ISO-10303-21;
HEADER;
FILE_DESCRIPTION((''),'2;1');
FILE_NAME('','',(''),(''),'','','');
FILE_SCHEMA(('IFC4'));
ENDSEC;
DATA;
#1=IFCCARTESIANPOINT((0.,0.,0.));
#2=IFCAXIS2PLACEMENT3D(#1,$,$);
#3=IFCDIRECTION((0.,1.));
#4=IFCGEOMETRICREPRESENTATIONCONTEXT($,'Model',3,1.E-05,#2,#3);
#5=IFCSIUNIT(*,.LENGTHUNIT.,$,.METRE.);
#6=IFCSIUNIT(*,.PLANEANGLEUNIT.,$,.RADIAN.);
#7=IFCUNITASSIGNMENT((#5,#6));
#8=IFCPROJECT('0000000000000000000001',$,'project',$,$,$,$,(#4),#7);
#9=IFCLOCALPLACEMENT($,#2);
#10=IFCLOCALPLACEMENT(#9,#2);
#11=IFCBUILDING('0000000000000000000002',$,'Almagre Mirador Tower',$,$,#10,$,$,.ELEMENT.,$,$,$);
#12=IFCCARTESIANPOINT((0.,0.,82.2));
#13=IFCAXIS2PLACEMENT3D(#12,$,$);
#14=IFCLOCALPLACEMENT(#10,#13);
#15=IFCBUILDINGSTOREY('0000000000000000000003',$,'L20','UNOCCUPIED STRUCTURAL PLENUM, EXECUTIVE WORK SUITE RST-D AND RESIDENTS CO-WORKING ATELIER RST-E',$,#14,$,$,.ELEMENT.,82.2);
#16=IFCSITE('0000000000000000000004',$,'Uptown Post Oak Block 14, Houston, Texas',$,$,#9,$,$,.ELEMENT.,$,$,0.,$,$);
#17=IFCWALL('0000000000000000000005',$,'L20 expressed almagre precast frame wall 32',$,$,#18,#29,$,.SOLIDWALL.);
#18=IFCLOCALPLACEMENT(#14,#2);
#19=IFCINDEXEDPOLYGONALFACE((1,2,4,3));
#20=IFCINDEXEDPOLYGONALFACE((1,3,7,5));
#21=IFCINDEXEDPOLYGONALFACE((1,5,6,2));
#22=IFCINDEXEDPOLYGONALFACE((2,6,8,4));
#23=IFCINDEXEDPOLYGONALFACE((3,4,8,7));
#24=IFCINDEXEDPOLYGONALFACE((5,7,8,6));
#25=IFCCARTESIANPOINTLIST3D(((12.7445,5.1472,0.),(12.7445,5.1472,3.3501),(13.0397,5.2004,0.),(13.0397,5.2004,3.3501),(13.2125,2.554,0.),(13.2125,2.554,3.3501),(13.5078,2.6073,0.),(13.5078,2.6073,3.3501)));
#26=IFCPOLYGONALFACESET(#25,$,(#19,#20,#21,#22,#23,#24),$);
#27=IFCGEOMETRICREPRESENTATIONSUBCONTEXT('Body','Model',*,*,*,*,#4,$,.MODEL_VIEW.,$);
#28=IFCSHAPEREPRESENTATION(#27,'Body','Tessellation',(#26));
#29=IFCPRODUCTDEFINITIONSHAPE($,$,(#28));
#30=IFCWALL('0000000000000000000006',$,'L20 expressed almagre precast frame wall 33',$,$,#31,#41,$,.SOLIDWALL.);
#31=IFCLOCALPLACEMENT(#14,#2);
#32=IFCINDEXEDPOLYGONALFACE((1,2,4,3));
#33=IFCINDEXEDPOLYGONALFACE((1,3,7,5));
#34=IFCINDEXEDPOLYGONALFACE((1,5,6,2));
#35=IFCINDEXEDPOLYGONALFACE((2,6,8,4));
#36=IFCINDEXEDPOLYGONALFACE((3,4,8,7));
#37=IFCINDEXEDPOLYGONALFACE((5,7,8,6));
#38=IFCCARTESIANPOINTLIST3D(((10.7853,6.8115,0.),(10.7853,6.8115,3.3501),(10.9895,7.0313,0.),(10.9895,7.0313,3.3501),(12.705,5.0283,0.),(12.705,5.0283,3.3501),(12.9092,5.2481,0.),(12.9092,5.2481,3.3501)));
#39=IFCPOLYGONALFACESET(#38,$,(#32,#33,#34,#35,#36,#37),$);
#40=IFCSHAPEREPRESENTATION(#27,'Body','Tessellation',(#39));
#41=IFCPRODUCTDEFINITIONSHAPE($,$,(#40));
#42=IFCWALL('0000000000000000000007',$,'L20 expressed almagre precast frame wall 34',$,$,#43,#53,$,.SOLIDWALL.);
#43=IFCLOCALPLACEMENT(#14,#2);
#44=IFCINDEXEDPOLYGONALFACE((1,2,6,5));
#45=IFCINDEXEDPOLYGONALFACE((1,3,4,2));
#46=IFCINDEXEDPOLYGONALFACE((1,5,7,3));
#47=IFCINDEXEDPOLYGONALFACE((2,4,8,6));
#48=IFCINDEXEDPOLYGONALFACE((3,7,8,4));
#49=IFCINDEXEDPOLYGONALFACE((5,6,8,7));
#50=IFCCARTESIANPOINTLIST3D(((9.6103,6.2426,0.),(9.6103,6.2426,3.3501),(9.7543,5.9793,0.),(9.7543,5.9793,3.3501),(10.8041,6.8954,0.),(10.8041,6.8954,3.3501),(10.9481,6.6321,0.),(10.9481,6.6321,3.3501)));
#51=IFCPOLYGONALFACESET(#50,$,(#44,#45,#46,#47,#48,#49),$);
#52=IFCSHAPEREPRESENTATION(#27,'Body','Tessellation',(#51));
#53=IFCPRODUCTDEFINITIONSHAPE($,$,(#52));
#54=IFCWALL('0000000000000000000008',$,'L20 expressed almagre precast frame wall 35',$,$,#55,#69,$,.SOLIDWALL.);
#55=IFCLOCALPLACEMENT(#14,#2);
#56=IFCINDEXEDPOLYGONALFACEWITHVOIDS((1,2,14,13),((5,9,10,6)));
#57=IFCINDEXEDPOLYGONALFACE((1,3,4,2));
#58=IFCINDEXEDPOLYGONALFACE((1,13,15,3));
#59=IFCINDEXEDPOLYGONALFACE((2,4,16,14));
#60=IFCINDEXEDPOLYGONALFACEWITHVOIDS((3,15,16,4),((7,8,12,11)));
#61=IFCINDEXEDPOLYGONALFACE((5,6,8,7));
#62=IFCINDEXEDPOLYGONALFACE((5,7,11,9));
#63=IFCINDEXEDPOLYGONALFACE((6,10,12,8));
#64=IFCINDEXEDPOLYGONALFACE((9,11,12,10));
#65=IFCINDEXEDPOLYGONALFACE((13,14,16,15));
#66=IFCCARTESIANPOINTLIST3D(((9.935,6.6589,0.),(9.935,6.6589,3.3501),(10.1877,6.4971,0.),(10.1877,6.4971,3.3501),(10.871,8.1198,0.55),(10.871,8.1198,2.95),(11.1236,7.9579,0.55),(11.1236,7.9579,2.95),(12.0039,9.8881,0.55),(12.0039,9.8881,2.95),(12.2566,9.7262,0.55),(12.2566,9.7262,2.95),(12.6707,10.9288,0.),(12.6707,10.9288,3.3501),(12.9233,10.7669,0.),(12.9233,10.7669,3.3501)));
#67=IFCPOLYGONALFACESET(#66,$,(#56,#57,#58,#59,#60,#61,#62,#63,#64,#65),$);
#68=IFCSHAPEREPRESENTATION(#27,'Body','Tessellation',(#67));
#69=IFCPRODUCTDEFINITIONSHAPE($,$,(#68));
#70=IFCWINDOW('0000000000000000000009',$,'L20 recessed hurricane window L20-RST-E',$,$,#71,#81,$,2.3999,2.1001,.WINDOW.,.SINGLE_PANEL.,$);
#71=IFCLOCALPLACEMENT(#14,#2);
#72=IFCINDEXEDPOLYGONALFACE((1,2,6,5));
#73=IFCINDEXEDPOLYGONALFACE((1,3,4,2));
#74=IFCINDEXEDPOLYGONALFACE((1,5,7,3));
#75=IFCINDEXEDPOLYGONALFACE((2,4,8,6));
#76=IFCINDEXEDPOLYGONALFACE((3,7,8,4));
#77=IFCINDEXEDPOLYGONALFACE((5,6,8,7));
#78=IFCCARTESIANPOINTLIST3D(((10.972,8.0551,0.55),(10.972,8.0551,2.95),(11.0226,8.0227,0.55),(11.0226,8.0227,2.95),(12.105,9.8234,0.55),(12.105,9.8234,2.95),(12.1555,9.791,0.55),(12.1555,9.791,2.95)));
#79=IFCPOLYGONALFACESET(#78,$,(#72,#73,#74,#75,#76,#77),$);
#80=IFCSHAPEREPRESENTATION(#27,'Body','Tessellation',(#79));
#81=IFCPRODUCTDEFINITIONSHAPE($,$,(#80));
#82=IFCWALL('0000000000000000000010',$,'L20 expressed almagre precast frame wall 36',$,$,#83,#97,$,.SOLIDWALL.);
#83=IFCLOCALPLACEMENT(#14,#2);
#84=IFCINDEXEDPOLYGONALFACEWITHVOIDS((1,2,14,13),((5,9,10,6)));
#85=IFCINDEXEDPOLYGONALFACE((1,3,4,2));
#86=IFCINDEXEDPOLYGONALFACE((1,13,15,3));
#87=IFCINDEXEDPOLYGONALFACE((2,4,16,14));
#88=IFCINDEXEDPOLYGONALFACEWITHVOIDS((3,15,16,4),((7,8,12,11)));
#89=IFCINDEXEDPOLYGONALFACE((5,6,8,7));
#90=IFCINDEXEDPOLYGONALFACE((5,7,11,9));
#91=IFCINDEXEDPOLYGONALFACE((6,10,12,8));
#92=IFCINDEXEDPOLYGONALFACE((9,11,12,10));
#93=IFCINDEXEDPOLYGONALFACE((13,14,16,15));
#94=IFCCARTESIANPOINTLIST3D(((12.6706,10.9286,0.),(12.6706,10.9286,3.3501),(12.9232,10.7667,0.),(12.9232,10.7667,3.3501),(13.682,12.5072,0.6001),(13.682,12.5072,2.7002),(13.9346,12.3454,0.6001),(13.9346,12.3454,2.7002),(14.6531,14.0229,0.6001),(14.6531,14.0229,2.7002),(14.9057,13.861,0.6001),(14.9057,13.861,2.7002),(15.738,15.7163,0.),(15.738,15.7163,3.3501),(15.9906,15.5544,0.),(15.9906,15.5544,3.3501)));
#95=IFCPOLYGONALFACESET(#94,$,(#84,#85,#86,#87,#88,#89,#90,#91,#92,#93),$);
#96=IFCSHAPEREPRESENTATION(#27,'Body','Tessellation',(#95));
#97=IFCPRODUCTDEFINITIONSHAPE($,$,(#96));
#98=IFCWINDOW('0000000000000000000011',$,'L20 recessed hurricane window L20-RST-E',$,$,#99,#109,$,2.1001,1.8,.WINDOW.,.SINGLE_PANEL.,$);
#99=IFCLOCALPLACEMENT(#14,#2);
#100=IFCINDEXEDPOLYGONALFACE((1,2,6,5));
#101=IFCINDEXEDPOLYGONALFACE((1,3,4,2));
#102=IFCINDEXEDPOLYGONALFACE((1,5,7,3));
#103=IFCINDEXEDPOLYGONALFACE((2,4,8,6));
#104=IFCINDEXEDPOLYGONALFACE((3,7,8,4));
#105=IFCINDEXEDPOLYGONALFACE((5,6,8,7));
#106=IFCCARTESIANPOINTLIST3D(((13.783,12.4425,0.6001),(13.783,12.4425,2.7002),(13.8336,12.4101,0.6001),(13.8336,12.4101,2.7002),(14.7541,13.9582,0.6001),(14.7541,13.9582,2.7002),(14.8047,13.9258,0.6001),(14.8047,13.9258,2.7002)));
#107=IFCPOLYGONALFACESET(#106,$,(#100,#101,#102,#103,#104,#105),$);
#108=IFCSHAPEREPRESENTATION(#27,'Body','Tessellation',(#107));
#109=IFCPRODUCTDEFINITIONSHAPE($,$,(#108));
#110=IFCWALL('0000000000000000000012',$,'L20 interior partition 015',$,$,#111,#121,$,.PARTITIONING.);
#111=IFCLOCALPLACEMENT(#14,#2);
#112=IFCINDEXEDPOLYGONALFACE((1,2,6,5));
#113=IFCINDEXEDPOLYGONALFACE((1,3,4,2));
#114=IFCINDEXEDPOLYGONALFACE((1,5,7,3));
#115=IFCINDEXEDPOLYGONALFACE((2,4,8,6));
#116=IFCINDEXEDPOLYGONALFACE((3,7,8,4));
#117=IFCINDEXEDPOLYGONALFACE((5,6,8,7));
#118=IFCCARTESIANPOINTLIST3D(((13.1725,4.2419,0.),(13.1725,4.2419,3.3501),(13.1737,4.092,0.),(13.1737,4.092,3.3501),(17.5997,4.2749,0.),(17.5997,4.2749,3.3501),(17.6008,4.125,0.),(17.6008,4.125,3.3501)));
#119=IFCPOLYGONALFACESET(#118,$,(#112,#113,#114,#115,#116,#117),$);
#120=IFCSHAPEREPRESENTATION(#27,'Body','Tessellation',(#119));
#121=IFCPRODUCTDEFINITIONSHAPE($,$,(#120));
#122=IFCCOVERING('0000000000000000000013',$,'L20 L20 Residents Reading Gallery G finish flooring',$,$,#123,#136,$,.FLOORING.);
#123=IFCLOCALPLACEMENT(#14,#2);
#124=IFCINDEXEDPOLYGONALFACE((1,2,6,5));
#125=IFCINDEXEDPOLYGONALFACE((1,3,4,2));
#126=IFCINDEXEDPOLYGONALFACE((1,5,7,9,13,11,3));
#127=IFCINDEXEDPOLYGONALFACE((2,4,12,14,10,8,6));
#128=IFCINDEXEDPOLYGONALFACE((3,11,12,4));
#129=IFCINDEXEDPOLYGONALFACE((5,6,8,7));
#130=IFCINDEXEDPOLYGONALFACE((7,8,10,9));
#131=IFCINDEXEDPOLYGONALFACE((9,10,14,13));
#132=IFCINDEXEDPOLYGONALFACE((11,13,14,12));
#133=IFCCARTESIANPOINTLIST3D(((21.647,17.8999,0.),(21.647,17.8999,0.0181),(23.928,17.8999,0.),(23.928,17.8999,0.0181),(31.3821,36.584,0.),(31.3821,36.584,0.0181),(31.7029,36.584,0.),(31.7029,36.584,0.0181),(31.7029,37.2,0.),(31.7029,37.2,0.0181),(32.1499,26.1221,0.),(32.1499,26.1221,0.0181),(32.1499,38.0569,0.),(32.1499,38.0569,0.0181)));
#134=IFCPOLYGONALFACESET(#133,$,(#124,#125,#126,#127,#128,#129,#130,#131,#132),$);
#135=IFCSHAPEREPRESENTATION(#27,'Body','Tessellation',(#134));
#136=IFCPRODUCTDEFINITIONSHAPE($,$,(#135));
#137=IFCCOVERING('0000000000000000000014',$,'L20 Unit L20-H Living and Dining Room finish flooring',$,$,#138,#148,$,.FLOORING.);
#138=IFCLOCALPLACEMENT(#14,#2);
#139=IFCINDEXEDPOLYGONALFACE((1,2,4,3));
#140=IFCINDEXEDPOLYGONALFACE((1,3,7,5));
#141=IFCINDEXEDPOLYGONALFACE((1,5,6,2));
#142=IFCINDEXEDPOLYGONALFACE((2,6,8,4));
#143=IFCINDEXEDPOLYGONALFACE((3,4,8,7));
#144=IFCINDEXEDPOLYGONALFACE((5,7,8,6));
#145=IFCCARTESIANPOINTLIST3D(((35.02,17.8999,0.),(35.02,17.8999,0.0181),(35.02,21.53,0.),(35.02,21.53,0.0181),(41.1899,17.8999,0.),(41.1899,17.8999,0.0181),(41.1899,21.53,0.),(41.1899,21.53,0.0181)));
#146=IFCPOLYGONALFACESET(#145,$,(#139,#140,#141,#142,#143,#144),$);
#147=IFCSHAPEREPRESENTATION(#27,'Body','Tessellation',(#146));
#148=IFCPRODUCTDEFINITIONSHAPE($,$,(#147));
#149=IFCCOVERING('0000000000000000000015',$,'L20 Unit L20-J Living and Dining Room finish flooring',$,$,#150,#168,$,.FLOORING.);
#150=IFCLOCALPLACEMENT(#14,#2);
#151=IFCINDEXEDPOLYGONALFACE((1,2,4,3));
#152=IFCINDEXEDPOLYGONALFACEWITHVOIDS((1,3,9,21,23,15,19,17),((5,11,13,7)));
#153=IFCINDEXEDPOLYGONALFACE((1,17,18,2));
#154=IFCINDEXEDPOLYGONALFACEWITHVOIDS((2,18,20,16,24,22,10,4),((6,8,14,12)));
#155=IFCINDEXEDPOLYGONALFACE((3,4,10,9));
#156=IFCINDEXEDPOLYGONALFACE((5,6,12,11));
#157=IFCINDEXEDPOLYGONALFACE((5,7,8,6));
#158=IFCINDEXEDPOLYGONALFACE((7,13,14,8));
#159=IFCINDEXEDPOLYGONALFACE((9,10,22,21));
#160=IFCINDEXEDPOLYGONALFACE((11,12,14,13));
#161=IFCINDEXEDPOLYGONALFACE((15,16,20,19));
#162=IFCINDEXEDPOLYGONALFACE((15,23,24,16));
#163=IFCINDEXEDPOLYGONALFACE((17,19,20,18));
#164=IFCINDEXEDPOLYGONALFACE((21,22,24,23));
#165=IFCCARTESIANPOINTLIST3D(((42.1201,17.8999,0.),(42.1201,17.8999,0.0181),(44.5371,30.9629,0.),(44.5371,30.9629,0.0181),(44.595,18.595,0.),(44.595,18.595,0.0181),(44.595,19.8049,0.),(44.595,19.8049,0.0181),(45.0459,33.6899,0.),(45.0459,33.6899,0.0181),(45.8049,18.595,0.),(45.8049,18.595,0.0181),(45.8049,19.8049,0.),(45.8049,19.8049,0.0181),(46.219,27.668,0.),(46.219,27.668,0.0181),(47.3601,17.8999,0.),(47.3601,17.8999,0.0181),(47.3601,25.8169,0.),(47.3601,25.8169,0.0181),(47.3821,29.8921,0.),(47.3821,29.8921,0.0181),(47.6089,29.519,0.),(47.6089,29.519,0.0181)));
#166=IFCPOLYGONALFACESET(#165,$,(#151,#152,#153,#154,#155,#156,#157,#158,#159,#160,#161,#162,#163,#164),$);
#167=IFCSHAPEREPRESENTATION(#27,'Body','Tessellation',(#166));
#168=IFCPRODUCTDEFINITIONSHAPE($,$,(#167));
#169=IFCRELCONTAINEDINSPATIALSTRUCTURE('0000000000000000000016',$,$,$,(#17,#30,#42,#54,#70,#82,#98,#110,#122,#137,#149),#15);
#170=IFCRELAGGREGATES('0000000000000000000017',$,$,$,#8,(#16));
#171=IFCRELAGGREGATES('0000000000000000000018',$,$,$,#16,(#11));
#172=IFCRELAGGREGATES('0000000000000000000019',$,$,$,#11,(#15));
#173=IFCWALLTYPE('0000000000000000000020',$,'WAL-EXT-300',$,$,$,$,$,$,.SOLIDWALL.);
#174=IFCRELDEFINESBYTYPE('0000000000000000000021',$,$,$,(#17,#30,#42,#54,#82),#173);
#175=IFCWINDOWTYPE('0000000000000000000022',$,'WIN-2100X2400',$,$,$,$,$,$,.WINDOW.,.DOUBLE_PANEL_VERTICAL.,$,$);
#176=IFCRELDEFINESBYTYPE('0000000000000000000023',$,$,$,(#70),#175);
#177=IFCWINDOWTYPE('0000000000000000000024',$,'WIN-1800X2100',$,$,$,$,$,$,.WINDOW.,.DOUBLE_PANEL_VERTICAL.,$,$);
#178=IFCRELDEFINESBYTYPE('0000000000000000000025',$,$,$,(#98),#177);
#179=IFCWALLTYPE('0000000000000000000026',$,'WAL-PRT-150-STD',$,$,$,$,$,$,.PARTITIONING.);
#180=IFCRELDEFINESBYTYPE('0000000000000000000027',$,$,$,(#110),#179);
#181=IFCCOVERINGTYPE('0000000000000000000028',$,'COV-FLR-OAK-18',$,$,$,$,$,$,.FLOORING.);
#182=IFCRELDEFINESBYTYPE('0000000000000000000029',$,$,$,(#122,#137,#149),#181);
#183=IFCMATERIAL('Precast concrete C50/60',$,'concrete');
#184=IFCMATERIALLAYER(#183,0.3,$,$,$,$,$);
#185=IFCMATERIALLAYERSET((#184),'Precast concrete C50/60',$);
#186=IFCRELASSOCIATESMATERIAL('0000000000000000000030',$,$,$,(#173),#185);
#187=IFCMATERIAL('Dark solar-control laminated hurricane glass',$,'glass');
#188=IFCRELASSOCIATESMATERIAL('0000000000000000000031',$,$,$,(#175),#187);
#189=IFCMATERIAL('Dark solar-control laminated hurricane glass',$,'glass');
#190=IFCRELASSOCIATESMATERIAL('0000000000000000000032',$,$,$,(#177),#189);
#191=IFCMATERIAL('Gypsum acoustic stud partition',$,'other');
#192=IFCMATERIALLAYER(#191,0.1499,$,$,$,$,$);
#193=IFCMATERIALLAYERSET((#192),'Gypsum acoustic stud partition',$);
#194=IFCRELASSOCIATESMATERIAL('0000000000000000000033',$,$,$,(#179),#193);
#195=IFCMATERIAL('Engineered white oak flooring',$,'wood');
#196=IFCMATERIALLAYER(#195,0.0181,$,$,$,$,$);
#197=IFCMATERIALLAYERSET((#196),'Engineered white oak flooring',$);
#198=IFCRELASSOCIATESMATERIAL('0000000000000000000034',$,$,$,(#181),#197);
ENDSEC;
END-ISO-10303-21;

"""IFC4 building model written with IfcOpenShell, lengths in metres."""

from ifc_helpers import new_model, si_unit, direction, frame, frame_2d, origin, place, context, subcontext, project, spatial, polyline, rectangle, outline, extrude, material, layer, layer_set, type_object, element, fill, save


model = new_model("IFC4")

# Units and contexts
model_context = context("Model", 3, precision=1e-05, world=origin(), true_north=direction((0.0, 1.0)))
body_context = subcontext(model_context, "Body", "Model", "MODEL_VIEW")
ifc_project = project(units=[si_unit("LENGTHUNIT", "METRE"), si_unit("PLANEANGLEUNIT", "RADIAN")], contexts=[model_context])

# Site, building, storey
site_placement = place(None, origin())
site = spatial("IfcSite", under=ifc_project, at=site_placement, Name="Uptown Post Oak Block 14, Houston, Texas", CompositionType="ELEMENT", RefElevation=0.0)
building_placement = place(site_placement, origin())
building = spatial("IfcBuilding", under=site, at=building_placement, Name="Almagre Mirador Tower", CompositionType="ELEMENT")
storey_placement = place(building_placement, frame((0.0, 0.0, 82.2)))
storey = spatial("IfcBuildingStorey", under=building, at=storey_placement, Name="L20", Description="UNOCCUPIED STRUCTURAL PLENUM, EXECUTIVE WORK SUITE RST-D AND RESIDENTS CO-WORKING ATELIER RST-E", CompositionType="ELEMENT", Elevation=82.2)

# Walls
ifc_material_1 = material(Name="Precast concrete C50/60", Category="concrete")
ifc_layer_1 = layer(ifc_material_1, 0.3)
ifc_layer_set_1 = layer_set([ifc_layer_1], Name="Precast concrete C50/60")
wall_type_1 = type_object("IfcWallType", Name="WAL-EXT-300", PredefinedType="SOLIDWALL", material=ifc_layer_set_1)
wall_1_placement = place(storey_placement, frame((13.3601, 2.5808, 0.0), z_axis=(0.0, 0.0, 1.0), x_axis=(-0.177621, 0.984099, 0.0)))
element("IfcWall", 1, at=wall_1_placement, inside=storey, type_object=wall_type_1, Name="L20 expressed almagre precast frame wall 32", PredefinedType="SOLIDWALL", context=body_context, shape_type="SweptSolid", body=[
    extrude(rectangle(XDim=2.635, YDim=0.3, at=frame_2d((1.3174, 0.0))), origin(), (0.0, 0.0, 1.0), 3.3501),
])
wall_2_placement = place(storey_placement, frame((12.8071, 5.1382, 0.0), z_axis=(0.0, 0.0, 1.0), x_axis=(-0.732671, 0.680583, 0.0)))
element("IfcWall", 2, at=wall_2_placement, inside=storey, type_object=wall_type_1, Name="L20 expressed almagre precast frame wall 33", PredefinedType="SOLIDWALL", context=body_context, shape_type="SweptSolid", body=[
    extrude(rectangle(XDim=2.6201, YDim=0.3, at=frame_2d((1.3101, 0.0))), origin(), (0.0, 0.0, 1.0), 3.3501),
])
wall_3_placement = place(storey_placement, frame((10.876, 6.7637, 0.0), z_axis=(0.0, 0.0, 1.0), x_axis=(-0.877388, -0.479782, 0.0)))
element("IfcWall", 3, at=wall_3_placement, inside=storey, type_object=wall_type_1, Name="L20 expressed almagre precast frame wall 34", PredefinedType="SOLIDWALL", context=body_context, shape_type="SweptSolid", body=[
    extrude(rectangle(XDim=1.3606, YDim=0.3, at=frame_2d((0.6802, 0.0))), origin(), (0.0, 0.0, 1.0), 3.3501),
])

# Walls, openings, windows
wall_4_placement = place(storey_placement, frame((10.0613, 6.5779, 0.0), z_axis=(0.0, 0.0, 1.0), x_axis=(0.539465, 0.842008, 0.0)))
wall_4 = element("IfcWall", 4, at=wall_4_placement, inside=storey, type_object=wall_type_1, Name="L20 expressed almagre precast frame wall 35", PredefinedType="SOLIDWALL", context=body_context, shape_type="SweptSolid", body=[
    extrude(rectangle(XDim=5.071, YDim=0.3, at=frame_2d((2.5356, 0.0))), origin(), (0.0, 0.0, 1.0), 3.3501),
])
opening_1_placement = place(wall_4_placement, frame((1.7351, 0.0, 0.55)))
opening_1 = element("IfcOpeningElement", 5, at=opening_1_placement, cuts=wall_4, PredefinedType="OPENING", context=body_context, shape_type="SweptSolid", body=[
    extrude(rectangle(XDim=2.1001, YDim=2.3999, at=frame_2d((1.05, 1.2))), frame((0.0, 0.1599, 0.0), z_axis=(0.0, -1.0, 0.0), x_axis=(1.0, 0.0, 0.0)), (0.0, 0.0, 1.0), 0.32),
])
ifc_material_2 = material(Name="Dark solar-control laminated hurricane glass", Category="glass")
window_type_1 = type_object("IfcWindowType", Name="WIN-2100X2400", PartitioningType="DOUBLE_PANEL_VERTICAL", PredefinedType="WINDOW", material=ifc_material_2)
window_1_placement = place(opening_1_placement, origin())
window_1 = element("IfcWindow", 6, at=window_1_placement, inside=storey, type_object=window_type_1, Name="L20 recessed hurricane window L20-RST-E", OverallHeight=2.3999, OverallWidth=2.1001, PartitioningType="SINGLE_PANEL", PredefinedType="WINDOW", context=body_context, shape_type="SweptSolid", body=[
    extrude(rectangle(XDim=2.1001, YDim=2.3999, at=frame_2d((1.05, 1.2))), frame((0.0, 0.03, 0.0), z_axis=(0.0, -1.0, 0.0), x_axis=(1.0, 0.0, 0.0)), (0.0, 0.0, 1.0), 0.0601),
])
fill(opening_1, window_1)
wall_5_placement = place(storey_placement, frame((12.7969, 10.8477, 0.0), z_axis=(0.0, 0.0, 1.0), x_axis=(0.539468, 0.842006, 0.0)))
wall_5 = element("IfcWall", 7, at=wall_5_placement, inside=storey, type_object=wall_type_1, Name="L20 expressed almagre precast frame wall 36", PredefinedType="SOLIDWALL", context=body_context, shape_type="SweptSolid", body=[
    extrude(rectangle(XDim=5.686, YDim=0.3, at=frame_2d((2.843, 0.0))), origin(), (0.0, 0.0, 1.0), 3.3501),
])
opening_2_placement = place(wall_5_placement, frame((1.875, 0.0, 0.6001)))
opening_2 = element("IfcOpeningElement", 8, at=opening_2_placement, cuts=wall_5, PredefinedType="OPENING", context=body_context, shape_type="SweptSolid", body=[
    extrude(rectangle(XDim=1.8, YDim=2.1001, at=frame_2d((0.8999, 1.05))), frame((0.0, 0.1599, 0.0), z_axis=(0.0, -1.0, 0.0), x_axis=(1.0, 0.0, 0.0)), (0.0, 0.0, 1.0), 0.32),
])
ifc_material_3 = material(Name="Dark solar-control laminated hurricane glass", Category="glass")
window_type_2 = type_object("IfcWindowType", Name="WIN-1800X2100", PartitioningType="DOUBLE_PANEL_VERTICAL", PredefinedType="WINDOW", material=ifc_material_3)
window_2_placement = place(opening_2_placement, origin())
window_2 = element("IfcWindow", 9, at=window_2_placement, inside=storey, type_object=window_type_2, Name="L20 recessed hurricane window L20-RST-E", OverallHeight=2.1001, OverallWidth=1.8, PartitioningType="SINGLE_PANEL", PredefinedType="WINDOW", context=body_context, shape_type="SweptSolid", body=[
    extrude(rectangle(XDim=1.8, YDim=2.1001, at=frame_2d((0.8999, 1.05))), frame((0.0, 0.03, 0.0), z_axis=(0.0, -1.0, 0.0), x_axis=(1.0, 0.0, 0.0)), (0.0, 0.0, 1.0), 0.0601),
])
fill(opening_2, window_2)

# Wall
ifc_material_4 = material(Name="Gypsum acoustic stud partition", Category="other")
ifc_layer_2 = layer(ifc_material_4, 0.1499)
ifc_layer_set_2 = layer_set([ifc_layer_2], Name="Gypsum acoustic stud partition")
wall_type_2 = type_object("IfcWallType", Name="WAL-PRT-150-STD", PredefinedType="PARTITIONING", material=ifc_layer_set_2)
wall_6_placement = place(storey_placement, frame((13.1731, 4.167, 0.0), z_axis=(0.0, 0.0, 1.0), x_axis=(0.999972, 0.007445, 0.0)))
element("IfcWall", 10, at=wall_6_placement, inside=storey, type_object=wall_type_2, Name="L20 interior partition 015", PredefinedType="PARTITIONING", context=body_context, shape_type="SweptSolid", body=[
    extrude(rectangle(XDim=4.4272, YDim=0.1499, at=frame_2d((2.2136, 0.0))), origin(), (0.0, 0.0, 1.0), 3.3501),
])

# Coverings
ifc_material_5 = material(Name="Engineered white oak flooring", Category="wood")
ifc_layer_3 = layer(ifc_material_5, 0.0181)
ifc_layer_set_3 = layer_set([ifc_layer_3], Name="Engineered white oak flooring")
covering_type = type_object("IfcCoveringType", Name="COV-FLR-OAK-18", PredefinedType="FLOORING", material=ifc_layer_set_3)
covering_1_placement = place(storey_placement, origin())
element("IfcCovering", 11, at=covering_1_placement, inside=storey, type_object=covering_type, Name="L20 L20 Residents Reading Gallery G finish flooring", PredefinedType="FLOORING", context=body_context, shape_type="SweptSolid", body=[
    extrude(outline(polyline([(23.928, 17.8999), (21.647, 17.8999), (31.3821, 36.584), (31.7029, 36.584), (31.7029, 37.2), (32.1499, 38.0569), (32.1499, 26.1221), (23.928, 17.8999)])), origin(), (0.0, 0.0, 1.0), 0.0181),
])
covering_2_placement = place(storey_placement, origin())
element("IfcCovering", 12, at=covering_2_placement, inside=storey, type_object=covering_type, Name="L20 Unit L20-H Living and Dining Room finish flooring", PredefinedType="FLOORING", context=body_context, shape_type="SweptSolid", body=[
    extrude(outline(polyline([(35.02, 21.53), (41.1899, 21.53), (41.1899, 17.8999), (35.02, 17.8999), (35.02, 21.53)])), origin(), (0.0, 0.0, 1.0), 0.0181),
])
covering_3_placement = place(storey_placement, origin())
element("IfcCovering", 13, at=covering_3_placement, inside=storey, type_object=covering_type, Name="L20 Unit L20-J Living and Dining Room finish flooring", PredefinedType="FLOORING", context=body_context, shape_type="SweptSolid", body=[
    extrude(outline(polyline([(47.3601, 25.8169), (47.3601, 17.8999), (42.1201, 17.8999), (44.5371, 30.9629), (45.0459, 33.6899), (47.3821, 29.8921), (47.6089, 29.519), (46.219, 27.668), (47.3601, 25.8169)]), holes=[polyline([(44.595, 18.595), (44.595, 19.8049), (45.8049, 19.8049), (45.8049, 18.595), (44.595, 18.595)])]), origin(), (0.0, 0.0, 1.0), 0.0181),
])

save(model, "model.ifc")
